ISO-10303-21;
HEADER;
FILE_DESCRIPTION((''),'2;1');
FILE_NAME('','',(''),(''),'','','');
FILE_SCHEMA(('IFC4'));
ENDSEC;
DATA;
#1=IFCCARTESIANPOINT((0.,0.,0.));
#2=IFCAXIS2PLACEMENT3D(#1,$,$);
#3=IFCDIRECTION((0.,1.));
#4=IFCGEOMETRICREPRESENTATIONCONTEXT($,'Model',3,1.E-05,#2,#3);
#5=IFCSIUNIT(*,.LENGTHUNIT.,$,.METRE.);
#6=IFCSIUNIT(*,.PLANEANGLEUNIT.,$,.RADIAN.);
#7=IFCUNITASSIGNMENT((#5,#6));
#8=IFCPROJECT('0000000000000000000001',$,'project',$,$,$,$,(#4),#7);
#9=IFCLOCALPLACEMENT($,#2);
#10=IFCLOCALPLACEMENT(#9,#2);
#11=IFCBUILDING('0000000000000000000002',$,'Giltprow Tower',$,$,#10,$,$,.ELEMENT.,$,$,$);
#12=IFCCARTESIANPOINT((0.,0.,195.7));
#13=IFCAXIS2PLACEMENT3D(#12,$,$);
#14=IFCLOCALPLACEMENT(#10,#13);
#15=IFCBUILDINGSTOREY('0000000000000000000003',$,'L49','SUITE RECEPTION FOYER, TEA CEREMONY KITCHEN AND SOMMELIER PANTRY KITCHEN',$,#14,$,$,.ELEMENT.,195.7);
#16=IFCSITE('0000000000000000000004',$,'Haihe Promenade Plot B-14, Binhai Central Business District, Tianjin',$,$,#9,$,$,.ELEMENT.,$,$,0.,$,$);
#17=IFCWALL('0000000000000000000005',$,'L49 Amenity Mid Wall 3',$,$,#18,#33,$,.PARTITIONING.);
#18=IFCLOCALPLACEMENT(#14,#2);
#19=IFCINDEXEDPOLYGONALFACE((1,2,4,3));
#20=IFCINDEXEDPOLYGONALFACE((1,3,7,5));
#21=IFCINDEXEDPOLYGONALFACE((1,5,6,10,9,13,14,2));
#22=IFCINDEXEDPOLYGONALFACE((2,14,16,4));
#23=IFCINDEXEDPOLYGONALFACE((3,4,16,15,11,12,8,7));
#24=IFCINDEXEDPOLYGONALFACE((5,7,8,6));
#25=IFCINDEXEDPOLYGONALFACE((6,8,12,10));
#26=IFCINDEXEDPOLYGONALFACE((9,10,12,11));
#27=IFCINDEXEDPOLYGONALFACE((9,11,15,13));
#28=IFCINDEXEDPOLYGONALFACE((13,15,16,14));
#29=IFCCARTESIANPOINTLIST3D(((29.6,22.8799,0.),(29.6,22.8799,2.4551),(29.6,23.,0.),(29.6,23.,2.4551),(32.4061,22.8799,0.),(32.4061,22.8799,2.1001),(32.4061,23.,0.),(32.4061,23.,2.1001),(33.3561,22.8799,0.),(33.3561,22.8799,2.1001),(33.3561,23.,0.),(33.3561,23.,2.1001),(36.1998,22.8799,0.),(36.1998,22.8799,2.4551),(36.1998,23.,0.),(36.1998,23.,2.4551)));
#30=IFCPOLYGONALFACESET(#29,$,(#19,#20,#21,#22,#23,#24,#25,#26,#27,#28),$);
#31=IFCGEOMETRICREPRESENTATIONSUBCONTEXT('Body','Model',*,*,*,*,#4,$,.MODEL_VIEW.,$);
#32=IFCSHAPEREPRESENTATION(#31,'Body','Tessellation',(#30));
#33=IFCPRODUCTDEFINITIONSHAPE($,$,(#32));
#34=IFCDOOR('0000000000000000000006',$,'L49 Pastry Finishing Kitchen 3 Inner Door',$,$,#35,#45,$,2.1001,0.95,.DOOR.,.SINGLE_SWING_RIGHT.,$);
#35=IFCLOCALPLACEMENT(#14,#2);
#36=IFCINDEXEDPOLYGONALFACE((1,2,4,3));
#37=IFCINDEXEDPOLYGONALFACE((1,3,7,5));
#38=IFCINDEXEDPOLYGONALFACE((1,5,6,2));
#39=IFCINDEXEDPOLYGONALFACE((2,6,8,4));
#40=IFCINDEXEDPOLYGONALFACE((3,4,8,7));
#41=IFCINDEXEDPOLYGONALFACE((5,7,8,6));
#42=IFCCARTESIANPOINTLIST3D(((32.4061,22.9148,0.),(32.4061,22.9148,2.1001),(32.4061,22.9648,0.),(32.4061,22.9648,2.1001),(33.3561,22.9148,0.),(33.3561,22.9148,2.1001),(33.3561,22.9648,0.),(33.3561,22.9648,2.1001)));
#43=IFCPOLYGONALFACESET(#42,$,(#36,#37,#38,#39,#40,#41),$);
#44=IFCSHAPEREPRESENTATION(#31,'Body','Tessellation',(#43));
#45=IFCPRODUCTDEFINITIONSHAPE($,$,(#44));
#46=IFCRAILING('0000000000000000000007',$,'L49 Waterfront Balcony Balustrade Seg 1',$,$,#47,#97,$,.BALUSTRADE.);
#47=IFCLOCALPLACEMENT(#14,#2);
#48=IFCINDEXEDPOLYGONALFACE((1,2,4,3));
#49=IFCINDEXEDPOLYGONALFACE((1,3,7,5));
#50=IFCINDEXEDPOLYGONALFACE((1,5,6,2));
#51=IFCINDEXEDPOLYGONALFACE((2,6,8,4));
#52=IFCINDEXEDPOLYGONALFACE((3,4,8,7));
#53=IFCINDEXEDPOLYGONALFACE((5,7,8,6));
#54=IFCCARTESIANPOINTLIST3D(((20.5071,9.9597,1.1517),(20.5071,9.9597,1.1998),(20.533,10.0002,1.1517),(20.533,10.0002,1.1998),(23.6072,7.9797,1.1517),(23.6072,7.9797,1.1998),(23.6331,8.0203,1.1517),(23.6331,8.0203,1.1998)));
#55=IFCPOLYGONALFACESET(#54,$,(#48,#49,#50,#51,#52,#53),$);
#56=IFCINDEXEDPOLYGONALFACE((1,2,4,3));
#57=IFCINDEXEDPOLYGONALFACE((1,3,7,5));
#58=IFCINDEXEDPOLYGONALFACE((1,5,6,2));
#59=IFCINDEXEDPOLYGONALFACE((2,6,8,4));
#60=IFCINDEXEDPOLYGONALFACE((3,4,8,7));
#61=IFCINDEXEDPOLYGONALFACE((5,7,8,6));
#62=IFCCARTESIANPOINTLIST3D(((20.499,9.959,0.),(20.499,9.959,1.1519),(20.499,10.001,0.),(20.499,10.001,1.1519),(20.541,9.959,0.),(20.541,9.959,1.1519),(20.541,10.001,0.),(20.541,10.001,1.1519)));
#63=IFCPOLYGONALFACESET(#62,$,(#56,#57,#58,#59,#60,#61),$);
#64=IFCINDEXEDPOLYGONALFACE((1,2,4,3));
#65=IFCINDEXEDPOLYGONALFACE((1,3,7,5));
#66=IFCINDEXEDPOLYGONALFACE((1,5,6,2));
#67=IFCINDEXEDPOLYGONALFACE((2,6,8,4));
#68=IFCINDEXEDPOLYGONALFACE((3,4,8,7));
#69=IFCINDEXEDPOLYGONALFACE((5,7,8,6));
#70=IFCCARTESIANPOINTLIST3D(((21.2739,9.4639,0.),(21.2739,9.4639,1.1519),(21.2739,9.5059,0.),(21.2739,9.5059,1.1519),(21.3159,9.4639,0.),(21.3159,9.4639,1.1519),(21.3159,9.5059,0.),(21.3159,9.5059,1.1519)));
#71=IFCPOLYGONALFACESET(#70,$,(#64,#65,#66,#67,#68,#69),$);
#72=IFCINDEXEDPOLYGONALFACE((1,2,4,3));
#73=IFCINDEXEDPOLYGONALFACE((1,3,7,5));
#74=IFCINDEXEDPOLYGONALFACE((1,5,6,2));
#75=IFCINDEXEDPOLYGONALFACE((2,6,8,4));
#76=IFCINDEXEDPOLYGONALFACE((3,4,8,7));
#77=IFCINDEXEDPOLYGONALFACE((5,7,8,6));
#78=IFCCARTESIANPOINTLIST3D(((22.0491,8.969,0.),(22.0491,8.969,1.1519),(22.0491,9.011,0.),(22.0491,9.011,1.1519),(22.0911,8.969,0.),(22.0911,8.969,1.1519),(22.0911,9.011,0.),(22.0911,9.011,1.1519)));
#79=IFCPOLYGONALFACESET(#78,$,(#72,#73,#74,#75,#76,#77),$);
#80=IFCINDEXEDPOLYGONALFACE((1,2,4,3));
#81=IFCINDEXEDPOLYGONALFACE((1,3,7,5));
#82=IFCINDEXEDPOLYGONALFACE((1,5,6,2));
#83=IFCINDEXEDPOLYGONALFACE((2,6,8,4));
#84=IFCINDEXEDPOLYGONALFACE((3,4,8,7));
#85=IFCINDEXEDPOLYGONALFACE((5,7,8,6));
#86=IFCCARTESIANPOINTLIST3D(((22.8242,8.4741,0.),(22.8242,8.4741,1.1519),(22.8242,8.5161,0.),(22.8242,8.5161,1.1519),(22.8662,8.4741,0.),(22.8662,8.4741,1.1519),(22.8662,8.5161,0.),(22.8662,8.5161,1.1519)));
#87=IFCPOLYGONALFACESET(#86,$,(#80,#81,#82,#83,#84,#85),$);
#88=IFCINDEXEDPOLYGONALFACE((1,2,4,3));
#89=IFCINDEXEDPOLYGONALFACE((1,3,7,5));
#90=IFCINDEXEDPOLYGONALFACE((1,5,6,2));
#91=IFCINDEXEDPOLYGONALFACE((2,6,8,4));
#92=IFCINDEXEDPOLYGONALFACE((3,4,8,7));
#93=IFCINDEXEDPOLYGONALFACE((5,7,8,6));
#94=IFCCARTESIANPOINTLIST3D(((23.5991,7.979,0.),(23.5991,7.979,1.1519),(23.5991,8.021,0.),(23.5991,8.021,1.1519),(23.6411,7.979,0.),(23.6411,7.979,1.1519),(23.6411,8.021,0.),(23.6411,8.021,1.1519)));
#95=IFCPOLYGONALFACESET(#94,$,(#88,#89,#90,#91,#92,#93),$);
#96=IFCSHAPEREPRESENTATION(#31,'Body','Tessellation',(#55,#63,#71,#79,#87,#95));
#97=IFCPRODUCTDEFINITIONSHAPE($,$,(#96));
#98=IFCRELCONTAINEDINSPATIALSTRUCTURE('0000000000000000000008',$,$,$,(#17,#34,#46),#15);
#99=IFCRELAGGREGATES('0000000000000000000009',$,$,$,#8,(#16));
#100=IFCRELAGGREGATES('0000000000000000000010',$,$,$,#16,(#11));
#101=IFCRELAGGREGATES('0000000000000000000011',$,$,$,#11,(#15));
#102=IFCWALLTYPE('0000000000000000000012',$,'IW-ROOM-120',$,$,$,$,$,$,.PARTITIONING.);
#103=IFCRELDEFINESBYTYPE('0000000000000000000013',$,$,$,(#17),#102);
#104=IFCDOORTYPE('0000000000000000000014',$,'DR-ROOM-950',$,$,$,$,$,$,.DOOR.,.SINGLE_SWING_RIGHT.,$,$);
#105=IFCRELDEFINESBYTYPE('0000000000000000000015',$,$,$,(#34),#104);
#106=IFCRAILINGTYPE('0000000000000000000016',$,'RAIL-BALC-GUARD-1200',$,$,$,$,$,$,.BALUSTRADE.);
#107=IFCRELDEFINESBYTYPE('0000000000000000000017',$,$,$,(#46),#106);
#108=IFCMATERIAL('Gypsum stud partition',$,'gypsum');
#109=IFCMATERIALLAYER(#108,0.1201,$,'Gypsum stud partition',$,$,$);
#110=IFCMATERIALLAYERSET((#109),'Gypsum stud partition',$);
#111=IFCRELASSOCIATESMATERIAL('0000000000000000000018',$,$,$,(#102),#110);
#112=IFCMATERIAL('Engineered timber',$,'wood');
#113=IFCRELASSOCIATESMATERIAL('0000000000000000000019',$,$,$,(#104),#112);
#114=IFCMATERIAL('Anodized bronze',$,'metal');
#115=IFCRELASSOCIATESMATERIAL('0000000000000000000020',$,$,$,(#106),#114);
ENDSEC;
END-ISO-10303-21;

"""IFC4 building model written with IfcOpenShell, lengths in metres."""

from ifc_helpers import new_model, si_unit, direction, frame, frame_2d, origin, origin_2d, place, context, subcontext, project, spatial, rectangle, extrude, source, transform, mapped, material, layer, layer_set, type_object, element, fill, save


model = new_model("IFC4")

# Units and contexts
model_context = context("Model", 3, precision=1e-05, world=origin(), true_north=direction((0.0, 1.0)))
body_context = subcontext(model_context, "Body", "Model", "MODEL_VIEW")
ifc_project = project(units=[si_unit("LENGTHUNIT", "METRE"), si_unit("PLANEANGLEUNIT", "RADIAN")], contexts=[model_context])

# Site, building, storey
site_placement = place(None, origin())
site = spatial("IfcSite", under=ifc_project, at=site_placement, Name="Haihe Promenade Plot B-14, Binhai Central Business District, Tianjin", CompositionType="ELEMENT", RefElevation=0.0)
building_placement = place(site_placement, origin())
building = spatial("IfcBuilding", under=site, at=building_placement, Name="Giltprow Tower", CompositionType="ELEMENT")
storey_placement = place(building_placement, frame((0.0, 0.0, 195.7)))
storey = spatial("IfcBuildingStorey", under=building, at=storey_placement, Name="L49", Description="SUITE RECEPTION FOYER, TEA CEREMONY KITCHEN AND SOMMELIER PANTRY KITCHEN", CompositionType="ELEMENT", Elevation=195.7)

# Shared definitions
ifc_material_1 = material(Name="Gypsum stud partition", Category="gypsum")

# Wall, opening, door
ifc_layer_1 = layer(ifc_material_1, 0.1201, Name="Gypsum stud partition")
ifc_layer_set_1 = layer_set([ifc_layer_1], Name="Gypsum stud partition")
wall_type_1 = type_object("IfcWallType", Name="IW-ROOM-120", PredefinedType="PARTITIONING", material=ifc_layer_set_1)
ifc_material_2 = material(Name="Engineered timber", Category="wood")
door_type_1 = type_object("IfcDoorType", Name="DR-ROOM-950", OperationType="SINGLE_SWING_RIGHT", PredefinedType="DOOR", material=ifc_material_2)
shared_shape_1 = source(origin(), body_context, "Body", "SweptSolid", [
    extrude(rectangle(XDim=0.95, YDim=2.1001, at=frame_2d((0.4751, 1.05))), frame((0.0, 0.0249, 0.0), z_axis=(0.0, -1.0, 0.0), x_axis=(1.0, 0.0, 0.0)), (0.0, 0.0, 1.0), 0.05),
])
wall_1_placement = place(storey_placement, frame((29.6001, 22.9399, 0.0), z_axis=(0.0, 0.0, 1.0), x_axis=(1.0, 0.0, 0.0)))
wall_1 = element("IfcWall", 1, at=wall_1_placement, inside=storey, type_object=wall_type_1, Name="L49 Amenity Mid Wall 3", PredefinedType="PARTITIONING", context=body_context, shape_type="SweptSolid", body=[
    extrude(rectangle(XDim=6.5999, YDim=0.1201, at=frame_2d((3.2998, 0.0))), origin(), (0.0, 0.0, 1.0), 2.4551),
])
opening_1_placement = place(wall_1_placement, frame((2.8059, 0.0, 0.0)))
opening_1 = element("IfcOpeningElement", 2, at=opening_1_placement, cuts=wall_1, PredefinedType="OPENING", context=body_context, shape_type="SweptSolid", body=[
    extrude(rectangle(XDim=0.95, YDim=2.1001, at=frame_2d((0.4751, 1.05))), frame((0.0, 0.0701, 0.0), z_axis=(0.0, -1.0, 0.0), x_axis=(1.0, 0.0, 0.0)), (0.0, 0.0, 1.0), 0.1401),
])
door_1_placement = place(opening_1_placement, origin())
door_1 = element("IfcDoor", 3, at=door_1_placement, inside=storey, type_object=door_type_1, Name="L49 Pastry Finishing Kitchen 3 Inner Door", OperationType="SINGLE_SWING_RIGHT", OverallHeight=2.1001, OverallWidth=0.95, PredefinedType="DOOR", context=body_context, shape_type="MappedRepresentation", body=[
    mapped(shared_shape_1, transform((0.0, 0.0, 0.0), x_axis=(1.0, 0.0, 0.0), y_axis=(0.0, 1.0, 0.0), z_axis=(0.0, 0.0, 1.0), scale=1.0)),
])
fill(opening_1, door_1)

# Railing
ifc_material_3 = material(Name="Anodized bronze", Category="metal")
railing_type = type_object("IfcRailingType", Name="RAIL-BALC-GUARD-1200", PredefinedType="BALUSTRADE", material=ifc_material_3)
railing_1_placement = place(storey_placement, frame((20.52, 9.98, 0.0)))
element("IfcRailing", 4, at=railing_1_placement, inside=storey, type_object=railing_type, Name="L49 Waterfront Balcony Balustrade Seg 1", PredefinedType="BALUSTRADE", context=body_context, shape_type="SweptSolid", body=[
    extrude(rectangle(XDim=0.0481, YDim=0.0481, at=origin_2d()), frame((0.0, 0.0, 1.1758), z_axis=(0.842775, -0.538266, 0.0), x_axis=(0.538266, 0.842775, 0.0)), (0.0, 0.0, 1.0), 3.6785),
    extrude(rectangle(XDim=0.042, YDim=0.042, at=origin_2d()), origin(), (0.0, 0.0, 1.0), 1.1519),
    extrude(rectangle(XDim=0.042, YDim=0.042, at=origin_2d()), frame((0.7749, -0.4951, 0.0)), (0.0, 0.0, 1.0), 1.1519),
    extrude(rectangle(XDim=0.042, YDim=0.042, at=origin_2d()), frame((1.55, -0.99, 0.0)), (0.0, 0.0, 1.0), 1.1519),
    extrude(rectangle(XDim=0.042, YDim=0.042, at=origin_2d()), frame((2.3252, -1.4849, 0.0)), (0.0, 0.0, 1.0), 1.1519),
    extrude(rectangle(XDim=0.042, YDim=0.042, at=origin_2d()), frame((3.1001, -1.98, 0.0)), (0.0, 0.0, 1.0), 1.1519),
])

save(model, "model.ifc")
